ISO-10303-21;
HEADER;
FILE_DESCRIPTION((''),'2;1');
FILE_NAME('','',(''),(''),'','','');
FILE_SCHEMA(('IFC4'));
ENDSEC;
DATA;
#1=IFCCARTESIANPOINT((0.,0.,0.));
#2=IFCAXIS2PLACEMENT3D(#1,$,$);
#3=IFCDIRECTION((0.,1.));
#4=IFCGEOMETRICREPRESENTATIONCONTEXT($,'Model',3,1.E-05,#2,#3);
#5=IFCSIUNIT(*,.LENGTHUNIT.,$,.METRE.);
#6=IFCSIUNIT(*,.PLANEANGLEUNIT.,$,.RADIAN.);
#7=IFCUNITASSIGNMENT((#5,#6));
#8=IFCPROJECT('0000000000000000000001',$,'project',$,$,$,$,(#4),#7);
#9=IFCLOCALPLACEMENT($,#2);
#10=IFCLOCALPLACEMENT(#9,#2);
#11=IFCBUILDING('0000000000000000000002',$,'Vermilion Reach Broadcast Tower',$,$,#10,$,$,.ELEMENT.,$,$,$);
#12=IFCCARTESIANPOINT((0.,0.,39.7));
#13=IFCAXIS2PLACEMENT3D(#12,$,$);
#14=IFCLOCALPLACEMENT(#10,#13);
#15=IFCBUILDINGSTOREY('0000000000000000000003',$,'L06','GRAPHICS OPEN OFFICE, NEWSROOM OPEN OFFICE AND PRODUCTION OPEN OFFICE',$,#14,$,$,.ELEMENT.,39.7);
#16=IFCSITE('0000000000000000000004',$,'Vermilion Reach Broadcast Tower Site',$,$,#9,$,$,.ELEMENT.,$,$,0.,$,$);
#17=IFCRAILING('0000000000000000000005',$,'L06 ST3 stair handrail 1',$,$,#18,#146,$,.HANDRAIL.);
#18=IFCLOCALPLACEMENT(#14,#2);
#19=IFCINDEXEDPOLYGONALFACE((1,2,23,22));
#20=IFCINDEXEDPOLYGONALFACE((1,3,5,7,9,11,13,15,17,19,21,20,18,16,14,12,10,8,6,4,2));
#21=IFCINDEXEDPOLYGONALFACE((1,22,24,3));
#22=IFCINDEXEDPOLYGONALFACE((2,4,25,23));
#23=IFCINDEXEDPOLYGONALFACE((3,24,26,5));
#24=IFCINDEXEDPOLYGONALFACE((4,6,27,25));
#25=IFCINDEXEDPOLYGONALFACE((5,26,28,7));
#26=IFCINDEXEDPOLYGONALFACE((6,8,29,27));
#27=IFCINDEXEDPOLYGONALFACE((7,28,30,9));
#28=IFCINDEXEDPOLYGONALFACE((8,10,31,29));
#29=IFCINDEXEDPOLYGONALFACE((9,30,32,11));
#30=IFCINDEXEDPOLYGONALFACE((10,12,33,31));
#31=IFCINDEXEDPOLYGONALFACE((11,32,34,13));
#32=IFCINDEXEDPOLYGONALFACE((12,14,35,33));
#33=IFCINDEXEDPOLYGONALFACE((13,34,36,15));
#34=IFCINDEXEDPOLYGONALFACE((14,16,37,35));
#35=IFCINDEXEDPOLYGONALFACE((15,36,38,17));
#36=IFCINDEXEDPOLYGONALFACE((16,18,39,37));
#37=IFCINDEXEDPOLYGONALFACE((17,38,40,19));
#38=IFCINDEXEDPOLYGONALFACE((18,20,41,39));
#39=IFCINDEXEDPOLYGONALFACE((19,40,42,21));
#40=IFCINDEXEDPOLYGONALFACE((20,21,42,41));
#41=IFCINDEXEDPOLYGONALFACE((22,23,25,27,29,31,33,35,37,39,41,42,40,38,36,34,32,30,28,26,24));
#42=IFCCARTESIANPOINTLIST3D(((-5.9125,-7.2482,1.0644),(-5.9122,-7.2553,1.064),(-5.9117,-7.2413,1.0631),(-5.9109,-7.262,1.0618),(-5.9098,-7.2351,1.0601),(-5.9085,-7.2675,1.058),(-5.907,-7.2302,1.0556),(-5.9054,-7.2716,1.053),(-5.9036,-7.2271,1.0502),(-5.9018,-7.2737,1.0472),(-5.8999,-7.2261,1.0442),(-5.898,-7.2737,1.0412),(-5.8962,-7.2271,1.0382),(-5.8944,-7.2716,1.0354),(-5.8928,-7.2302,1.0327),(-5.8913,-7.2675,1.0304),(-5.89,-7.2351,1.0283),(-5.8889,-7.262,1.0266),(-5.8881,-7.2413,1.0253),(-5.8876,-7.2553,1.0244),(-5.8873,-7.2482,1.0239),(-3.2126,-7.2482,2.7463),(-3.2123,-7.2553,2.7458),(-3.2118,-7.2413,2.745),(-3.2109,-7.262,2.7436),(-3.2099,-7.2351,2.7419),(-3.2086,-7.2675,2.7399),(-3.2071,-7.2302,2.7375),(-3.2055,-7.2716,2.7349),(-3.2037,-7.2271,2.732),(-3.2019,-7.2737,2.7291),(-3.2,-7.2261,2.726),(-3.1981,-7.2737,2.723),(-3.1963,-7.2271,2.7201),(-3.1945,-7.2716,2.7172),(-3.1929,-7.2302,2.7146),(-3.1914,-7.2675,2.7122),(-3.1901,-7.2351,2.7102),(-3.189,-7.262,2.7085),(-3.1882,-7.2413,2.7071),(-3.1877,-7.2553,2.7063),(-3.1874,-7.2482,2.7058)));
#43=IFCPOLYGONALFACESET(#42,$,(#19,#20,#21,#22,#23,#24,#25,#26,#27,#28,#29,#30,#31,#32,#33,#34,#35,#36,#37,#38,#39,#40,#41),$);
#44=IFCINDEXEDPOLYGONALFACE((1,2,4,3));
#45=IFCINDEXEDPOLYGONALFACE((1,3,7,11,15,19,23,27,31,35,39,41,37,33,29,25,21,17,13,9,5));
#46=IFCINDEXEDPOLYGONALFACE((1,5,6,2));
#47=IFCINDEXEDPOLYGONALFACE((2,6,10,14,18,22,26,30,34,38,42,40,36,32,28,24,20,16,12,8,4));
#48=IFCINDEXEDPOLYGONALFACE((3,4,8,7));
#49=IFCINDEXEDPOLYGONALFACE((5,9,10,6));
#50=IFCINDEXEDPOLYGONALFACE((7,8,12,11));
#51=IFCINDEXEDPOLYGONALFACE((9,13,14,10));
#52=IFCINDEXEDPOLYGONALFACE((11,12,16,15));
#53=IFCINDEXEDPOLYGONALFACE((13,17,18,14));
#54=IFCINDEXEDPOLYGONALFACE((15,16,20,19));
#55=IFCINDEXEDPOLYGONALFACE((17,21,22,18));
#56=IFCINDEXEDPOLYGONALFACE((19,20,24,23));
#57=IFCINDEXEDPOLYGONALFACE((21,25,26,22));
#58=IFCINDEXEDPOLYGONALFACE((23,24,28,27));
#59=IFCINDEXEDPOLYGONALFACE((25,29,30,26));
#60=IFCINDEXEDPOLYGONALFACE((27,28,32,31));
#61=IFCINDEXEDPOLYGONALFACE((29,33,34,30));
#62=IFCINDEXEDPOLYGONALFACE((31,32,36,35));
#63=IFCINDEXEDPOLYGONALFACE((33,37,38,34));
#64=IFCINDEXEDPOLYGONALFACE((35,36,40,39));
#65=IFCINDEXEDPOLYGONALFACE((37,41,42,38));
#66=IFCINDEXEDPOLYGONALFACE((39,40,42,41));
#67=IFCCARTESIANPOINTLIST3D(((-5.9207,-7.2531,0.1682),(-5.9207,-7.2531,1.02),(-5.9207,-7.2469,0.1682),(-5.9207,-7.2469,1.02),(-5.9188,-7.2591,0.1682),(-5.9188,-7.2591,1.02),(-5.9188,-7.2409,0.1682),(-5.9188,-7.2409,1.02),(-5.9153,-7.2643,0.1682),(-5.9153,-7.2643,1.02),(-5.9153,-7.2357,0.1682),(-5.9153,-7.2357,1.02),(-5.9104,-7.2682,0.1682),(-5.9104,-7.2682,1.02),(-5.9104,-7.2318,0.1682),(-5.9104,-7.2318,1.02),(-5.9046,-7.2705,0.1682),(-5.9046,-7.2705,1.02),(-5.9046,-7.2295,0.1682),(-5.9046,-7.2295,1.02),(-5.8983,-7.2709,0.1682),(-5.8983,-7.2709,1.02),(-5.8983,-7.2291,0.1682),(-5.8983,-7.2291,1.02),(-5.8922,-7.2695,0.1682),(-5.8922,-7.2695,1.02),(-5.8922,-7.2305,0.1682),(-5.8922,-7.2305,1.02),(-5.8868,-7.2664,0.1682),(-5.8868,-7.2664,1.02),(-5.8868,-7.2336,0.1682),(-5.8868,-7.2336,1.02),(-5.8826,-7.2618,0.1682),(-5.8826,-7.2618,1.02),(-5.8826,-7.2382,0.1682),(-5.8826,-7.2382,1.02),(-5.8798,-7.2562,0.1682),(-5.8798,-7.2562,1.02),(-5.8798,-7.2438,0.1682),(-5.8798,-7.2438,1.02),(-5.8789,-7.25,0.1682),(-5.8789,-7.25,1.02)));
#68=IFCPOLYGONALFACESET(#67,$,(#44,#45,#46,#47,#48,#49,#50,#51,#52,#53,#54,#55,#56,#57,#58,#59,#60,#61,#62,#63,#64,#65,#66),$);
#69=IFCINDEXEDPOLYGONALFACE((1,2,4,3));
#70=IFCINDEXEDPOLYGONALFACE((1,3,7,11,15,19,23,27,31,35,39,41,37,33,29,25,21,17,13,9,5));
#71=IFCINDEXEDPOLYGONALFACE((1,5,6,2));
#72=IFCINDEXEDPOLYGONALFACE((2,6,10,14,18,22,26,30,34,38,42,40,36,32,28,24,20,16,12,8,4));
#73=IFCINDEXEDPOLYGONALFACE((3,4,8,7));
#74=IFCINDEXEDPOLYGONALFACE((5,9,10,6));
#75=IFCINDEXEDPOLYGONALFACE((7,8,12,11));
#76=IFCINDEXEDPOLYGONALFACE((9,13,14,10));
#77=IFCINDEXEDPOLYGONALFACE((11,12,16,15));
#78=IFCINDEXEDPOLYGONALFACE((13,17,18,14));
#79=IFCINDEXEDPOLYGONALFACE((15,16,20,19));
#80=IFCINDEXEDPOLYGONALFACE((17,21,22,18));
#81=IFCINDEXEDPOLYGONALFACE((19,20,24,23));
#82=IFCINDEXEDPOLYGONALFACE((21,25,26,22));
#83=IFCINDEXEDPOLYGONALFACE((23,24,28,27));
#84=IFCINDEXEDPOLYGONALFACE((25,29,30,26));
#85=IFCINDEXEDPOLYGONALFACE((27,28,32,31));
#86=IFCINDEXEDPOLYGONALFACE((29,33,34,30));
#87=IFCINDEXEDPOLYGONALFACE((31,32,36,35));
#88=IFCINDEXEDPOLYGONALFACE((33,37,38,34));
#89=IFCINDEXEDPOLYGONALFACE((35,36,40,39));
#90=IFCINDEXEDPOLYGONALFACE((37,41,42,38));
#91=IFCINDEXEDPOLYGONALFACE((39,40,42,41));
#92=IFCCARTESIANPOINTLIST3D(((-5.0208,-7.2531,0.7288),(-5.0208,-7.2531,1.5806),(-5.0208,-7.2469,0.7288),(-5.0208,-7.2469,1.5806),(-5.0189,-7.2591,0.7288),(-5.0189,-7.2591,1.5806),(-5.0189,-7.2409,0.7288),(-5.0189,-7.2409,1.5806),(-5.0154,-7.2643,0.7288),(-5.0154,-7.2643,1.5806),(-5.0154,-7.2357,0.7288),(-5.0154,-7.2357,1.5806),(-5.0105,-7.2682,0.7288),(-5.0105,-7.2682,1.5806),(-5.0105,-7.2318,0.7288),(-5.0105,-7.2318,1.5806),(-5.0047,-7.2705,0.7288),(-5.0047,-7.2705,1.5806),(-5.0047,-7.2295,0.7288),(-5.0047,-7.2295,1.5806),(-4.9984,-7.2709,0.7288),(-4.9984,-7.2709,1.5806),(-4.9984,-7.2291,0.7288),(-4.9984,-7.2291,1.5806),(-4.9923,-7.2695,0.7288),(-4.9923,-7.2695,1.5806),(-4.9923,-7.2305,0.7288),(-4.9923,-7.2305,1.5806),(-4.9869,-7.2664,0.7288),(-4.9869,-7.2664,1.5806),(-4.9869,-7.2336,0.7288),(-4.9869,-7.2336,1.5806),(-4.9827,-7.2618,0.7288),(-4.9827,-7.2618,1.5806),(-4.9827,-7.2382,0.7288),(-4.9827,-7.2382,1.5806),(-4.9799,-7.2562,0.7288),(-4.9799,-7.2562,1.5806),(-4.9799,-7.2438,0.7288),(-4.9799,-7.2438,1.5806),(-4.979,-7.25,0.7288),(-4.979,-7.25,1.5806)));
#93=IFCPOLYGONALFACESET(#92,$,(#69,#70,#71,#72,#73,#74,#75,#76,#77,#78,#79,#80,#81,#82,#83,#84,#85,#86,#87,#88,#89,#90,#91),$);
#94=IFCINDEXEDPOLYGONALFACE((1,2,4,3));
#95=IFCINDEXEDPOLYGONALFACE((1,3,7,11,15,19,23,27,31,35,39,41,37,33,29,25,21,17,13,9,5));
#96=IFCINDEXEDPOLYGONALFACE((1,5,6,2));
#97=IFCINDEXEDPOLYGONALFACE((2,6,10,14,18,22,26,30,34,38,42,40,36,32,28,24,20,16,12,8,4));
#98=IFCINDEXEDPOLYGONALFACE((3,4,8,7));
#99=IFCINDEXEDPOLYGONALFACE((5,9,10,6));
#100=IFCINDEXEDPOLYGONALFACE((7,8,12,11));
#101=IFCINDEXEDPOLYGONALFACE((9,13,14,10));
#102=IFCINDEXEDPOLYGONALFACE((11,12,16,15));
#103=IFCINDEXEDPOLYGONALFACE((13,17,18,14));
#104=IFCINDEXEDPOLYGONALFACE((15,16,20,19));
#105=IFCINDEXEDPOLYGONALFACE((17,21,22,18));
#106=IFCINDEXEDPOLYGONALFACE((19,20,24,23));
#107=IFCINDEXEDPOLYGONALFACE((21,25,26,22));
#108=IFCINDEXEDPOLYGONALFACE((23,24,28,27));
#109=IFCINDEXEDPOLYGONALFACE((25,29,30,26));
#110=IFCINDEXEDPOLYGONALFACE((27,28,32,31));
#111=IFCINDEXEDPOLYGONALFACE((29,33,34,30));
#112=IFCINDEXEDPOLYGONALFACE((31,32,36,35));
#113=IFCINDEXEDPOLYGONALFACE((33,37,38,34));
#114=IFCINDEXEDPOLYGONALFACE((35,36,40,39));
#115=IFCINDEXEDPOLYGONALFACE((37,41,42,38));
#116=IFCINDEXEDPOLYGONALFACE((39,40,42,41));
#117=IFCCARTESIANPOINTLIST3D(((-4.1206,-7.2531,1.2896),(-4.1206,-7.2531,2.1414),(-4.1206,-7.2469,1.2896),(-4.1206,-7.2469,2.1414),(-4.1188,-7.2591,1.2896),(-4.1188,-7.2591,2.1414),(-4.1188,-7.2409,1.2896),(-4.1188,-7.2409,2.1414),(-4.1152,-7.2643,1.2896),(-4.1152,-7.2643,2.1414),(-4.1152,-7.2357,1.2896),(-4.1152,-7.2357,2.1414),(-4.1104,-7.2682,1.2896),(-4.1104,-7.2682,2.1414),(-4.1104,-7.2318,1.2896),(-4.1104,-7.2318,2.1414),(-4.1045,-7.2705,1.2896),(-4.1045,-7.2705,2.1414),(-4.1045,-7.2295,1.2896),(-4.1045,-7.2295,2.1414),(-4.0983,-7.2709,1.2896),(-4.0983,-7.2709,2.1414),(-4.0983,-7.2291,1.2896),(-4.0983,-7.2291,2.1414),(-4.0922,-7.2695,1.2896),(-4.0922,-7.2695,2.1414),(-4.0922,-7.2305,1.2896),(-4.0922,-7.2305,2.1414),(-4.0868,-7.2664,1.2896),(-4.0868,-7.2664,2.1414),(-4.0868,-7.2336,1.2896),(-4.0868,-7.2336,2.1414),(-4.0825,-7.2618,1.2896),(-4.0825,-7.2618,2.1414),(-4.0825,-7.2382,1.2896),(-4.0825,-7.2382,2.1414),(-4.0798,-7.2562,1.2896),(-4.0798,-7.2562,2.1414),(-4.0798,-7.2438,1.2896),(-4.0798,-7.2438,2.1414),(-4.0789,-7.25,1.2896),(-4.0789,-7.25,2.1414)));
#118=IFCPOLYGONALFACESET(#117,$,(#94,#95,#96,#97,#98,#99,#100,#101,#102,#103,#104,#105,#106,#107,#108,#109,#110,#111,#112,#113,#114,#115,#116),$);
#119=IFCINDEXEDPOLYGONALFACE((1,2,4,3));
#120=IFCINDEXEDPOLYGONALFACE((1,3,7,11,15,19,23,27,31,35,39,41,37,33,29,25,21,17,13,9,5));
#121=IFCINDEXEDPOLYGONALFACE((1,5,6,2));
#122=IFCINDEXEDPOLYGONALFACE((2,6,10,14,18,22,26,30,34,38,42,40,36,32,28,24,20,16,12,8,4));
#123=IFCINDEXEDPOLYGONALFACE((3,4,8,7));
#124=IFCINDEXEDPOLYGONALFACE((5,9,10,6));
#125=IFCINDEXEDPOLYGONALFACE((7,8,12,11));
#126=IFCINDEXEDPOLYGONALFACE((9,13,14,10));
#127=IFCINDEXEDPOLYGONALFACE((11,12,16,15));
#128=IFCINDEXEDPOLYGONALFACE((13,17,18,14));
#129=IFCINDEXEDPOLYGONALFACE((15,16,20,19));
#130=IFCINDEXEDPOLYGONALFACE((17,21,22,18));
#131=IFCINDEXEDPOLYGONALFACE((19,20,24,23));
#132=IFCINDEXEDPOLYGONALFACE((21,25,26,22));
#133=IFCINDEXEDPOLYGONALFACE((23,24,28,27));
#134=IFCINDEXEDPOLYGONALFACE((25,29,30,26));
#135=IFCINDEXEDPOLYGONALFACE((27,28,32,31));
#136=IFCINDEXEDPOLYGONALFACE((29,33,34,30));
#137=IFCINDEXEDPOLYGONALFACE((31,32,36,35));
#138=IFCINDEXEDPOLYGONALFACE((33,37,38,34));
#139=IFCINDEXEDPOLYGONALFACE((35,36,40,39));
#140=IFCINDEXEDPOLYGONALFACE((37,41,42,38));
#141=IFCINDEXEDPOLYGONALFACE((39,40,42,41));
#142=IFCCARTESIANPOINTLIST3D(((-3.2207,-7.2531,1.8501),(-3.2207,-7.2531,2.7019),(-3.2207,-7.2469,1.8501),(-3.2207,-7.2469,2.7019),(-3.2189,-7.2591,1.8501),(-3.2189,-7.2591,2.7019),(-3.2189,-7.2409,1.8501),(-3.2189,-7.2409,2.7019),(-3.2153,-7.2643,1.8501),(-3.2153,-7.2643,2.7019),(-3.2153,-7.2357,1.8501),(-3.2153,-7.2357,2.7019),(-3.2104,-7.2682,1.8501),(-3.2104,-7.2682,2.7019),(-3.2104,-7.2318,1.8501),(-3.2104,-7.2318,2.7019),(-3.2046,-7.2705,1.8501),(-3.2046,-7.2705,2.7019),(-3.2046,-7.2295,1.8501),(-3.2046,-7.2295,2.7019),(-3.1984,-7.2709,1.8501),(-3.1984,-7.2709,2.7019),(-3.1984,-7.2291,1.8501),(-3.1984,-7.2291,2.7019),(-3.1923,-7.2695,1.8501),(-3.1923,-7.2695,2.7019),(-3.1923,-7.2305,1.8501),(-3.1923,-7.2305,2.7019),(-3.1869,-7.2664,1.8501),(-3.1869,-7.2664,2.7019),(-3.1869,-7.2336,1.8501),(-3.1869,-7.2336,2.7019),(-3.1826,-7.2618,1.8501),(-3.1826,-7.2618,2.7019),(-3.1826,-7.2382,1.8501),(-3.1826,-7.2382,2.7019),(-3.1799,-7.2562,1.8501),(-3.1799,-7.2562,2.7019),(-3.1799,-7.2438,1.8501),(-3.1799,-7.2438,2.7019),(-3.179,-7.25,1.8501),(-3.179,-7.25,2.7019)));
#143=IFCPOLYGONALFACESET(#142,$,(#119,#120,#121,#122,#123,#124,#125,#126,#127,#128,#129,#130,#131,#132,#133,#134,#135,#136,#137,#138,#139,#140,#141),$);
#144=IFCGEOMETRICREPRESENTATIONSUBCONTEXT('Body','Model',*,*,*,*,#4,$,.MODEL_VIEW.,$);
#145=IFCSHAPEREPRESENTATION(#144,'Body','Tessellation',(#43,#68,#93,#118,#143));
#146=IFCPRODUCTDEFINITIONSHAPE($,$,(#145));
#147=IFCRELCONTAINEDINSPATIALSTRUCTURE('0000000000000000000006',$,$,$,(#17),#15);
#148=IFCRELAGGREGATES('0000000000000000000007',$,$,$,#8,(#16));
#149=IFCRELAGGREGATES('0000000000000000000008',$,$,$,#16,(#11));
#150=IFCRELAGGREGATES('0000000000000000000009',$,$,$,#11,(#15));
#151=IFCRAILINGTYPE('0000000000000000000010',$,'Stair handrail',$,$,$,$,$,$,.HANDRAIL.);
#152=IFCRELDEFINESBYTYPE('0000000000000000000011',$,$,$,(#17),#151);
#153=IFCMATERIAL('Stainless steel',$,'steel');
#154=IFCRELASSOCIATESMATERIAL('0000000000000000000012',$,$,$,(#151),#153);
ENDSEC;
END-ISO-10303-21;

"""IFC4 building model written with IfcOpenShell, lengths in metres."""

from ifc_helpers import new_model, si_unit, direction, frame, origin, origin_2d, place, context, subcontext, project, spatial, circle, extrude, material, type_object, element, save


model = new_model("IFC4")

# Units and contexts
model_context = context("Model", 3, precision=1e-05, world=origin(), true_north=direction((0.0, 1.0)))
body_context = subcontext(model_context, "Body", "Model", "MODEL_VIEW")
ifc_project = project(units=[si_unit("LENGTHUNIT", "METRE"), si_unit("PLANEANGLEUNIT", "RADIAN")], contexts=[model_context])

# Site, building, storey
site_placement = place(None, origin())
site = spatial("IfcSite", under=ifc_project, at=site_placement, Name="Vermilion Reach Broadcast Tower Site", CompositionType="ELEMENT", RefElevation=0.0)
building_placement = place(site_placement, origin())
building = spatial("IfcBuilding", under=site, at=building_placement, Name="Vermilion Reach Broadcast Tower", CompositionType="ELEMENT")
storey_placement = place(building_placement, frame((0.0, 0.0, 39.7)))
storey = spatial("IfcBuildingStorey", under=building, at=storey_placement, Name="L06", Description="GRAPHICS OPEN OFFICE, NEWSROOM OPEN OFFICE AND PRODUCTION OPEN OFFICE", CompositionType="ELEMENT", Elevation=39.7)

# Railing
ifc_material_1 = material(Name="Stainless steel", Category="steel")
railing_type_1 = type_object("IfcRailingType", Name="Stair handrail", PredefinedType="HANDRAIL", material=ifc_material_1)
railing_1_placement = place(storey_placement, frame((-5.8999, -7.25, 0.1682)))
element("IfcRailing", 1, at=railing_1_placement, inside=storey, type_object=railing_type_1, Name="L06 ST3 stair handrail 1", PredefinedType="HANDRAIL", context=body_context, shape_type="SweptSolid", body=[
    extrude(circle(Radius=0.0239, at=origin_2d()), frame((0.0, 0.0, 0.876), z_axis=(0.848786, 0.0, 0.528736), x_axis=(0.0, 1.0, 0.0)), (0.0, 0.0, 1.0), 3.1809),
    extrude(circle(Radius=0.021, at=origin_2d()), origin(), (0.0, 0.0, 1.0), 0.8518),
    extrude(circle(Radius=0.021, at=origin_2d()), frame((0.8999, 0.0, 0.5605)), (0.0, 0.0, 1.0), 0.8518),
    extrude(circle(Radius=0.021, at=origin_2d()), frame((1.8, 0.0, 1.1213)), (0.0, 0.0, 1.0), 0.8518),
    extrude(circle(Radius=0.021, at=origin_2d()), frame((2.7, 0.0, 1.6819)), (0.0, 0.0, 1.0), 0.8518),
])

save(model, "model.ifc")
